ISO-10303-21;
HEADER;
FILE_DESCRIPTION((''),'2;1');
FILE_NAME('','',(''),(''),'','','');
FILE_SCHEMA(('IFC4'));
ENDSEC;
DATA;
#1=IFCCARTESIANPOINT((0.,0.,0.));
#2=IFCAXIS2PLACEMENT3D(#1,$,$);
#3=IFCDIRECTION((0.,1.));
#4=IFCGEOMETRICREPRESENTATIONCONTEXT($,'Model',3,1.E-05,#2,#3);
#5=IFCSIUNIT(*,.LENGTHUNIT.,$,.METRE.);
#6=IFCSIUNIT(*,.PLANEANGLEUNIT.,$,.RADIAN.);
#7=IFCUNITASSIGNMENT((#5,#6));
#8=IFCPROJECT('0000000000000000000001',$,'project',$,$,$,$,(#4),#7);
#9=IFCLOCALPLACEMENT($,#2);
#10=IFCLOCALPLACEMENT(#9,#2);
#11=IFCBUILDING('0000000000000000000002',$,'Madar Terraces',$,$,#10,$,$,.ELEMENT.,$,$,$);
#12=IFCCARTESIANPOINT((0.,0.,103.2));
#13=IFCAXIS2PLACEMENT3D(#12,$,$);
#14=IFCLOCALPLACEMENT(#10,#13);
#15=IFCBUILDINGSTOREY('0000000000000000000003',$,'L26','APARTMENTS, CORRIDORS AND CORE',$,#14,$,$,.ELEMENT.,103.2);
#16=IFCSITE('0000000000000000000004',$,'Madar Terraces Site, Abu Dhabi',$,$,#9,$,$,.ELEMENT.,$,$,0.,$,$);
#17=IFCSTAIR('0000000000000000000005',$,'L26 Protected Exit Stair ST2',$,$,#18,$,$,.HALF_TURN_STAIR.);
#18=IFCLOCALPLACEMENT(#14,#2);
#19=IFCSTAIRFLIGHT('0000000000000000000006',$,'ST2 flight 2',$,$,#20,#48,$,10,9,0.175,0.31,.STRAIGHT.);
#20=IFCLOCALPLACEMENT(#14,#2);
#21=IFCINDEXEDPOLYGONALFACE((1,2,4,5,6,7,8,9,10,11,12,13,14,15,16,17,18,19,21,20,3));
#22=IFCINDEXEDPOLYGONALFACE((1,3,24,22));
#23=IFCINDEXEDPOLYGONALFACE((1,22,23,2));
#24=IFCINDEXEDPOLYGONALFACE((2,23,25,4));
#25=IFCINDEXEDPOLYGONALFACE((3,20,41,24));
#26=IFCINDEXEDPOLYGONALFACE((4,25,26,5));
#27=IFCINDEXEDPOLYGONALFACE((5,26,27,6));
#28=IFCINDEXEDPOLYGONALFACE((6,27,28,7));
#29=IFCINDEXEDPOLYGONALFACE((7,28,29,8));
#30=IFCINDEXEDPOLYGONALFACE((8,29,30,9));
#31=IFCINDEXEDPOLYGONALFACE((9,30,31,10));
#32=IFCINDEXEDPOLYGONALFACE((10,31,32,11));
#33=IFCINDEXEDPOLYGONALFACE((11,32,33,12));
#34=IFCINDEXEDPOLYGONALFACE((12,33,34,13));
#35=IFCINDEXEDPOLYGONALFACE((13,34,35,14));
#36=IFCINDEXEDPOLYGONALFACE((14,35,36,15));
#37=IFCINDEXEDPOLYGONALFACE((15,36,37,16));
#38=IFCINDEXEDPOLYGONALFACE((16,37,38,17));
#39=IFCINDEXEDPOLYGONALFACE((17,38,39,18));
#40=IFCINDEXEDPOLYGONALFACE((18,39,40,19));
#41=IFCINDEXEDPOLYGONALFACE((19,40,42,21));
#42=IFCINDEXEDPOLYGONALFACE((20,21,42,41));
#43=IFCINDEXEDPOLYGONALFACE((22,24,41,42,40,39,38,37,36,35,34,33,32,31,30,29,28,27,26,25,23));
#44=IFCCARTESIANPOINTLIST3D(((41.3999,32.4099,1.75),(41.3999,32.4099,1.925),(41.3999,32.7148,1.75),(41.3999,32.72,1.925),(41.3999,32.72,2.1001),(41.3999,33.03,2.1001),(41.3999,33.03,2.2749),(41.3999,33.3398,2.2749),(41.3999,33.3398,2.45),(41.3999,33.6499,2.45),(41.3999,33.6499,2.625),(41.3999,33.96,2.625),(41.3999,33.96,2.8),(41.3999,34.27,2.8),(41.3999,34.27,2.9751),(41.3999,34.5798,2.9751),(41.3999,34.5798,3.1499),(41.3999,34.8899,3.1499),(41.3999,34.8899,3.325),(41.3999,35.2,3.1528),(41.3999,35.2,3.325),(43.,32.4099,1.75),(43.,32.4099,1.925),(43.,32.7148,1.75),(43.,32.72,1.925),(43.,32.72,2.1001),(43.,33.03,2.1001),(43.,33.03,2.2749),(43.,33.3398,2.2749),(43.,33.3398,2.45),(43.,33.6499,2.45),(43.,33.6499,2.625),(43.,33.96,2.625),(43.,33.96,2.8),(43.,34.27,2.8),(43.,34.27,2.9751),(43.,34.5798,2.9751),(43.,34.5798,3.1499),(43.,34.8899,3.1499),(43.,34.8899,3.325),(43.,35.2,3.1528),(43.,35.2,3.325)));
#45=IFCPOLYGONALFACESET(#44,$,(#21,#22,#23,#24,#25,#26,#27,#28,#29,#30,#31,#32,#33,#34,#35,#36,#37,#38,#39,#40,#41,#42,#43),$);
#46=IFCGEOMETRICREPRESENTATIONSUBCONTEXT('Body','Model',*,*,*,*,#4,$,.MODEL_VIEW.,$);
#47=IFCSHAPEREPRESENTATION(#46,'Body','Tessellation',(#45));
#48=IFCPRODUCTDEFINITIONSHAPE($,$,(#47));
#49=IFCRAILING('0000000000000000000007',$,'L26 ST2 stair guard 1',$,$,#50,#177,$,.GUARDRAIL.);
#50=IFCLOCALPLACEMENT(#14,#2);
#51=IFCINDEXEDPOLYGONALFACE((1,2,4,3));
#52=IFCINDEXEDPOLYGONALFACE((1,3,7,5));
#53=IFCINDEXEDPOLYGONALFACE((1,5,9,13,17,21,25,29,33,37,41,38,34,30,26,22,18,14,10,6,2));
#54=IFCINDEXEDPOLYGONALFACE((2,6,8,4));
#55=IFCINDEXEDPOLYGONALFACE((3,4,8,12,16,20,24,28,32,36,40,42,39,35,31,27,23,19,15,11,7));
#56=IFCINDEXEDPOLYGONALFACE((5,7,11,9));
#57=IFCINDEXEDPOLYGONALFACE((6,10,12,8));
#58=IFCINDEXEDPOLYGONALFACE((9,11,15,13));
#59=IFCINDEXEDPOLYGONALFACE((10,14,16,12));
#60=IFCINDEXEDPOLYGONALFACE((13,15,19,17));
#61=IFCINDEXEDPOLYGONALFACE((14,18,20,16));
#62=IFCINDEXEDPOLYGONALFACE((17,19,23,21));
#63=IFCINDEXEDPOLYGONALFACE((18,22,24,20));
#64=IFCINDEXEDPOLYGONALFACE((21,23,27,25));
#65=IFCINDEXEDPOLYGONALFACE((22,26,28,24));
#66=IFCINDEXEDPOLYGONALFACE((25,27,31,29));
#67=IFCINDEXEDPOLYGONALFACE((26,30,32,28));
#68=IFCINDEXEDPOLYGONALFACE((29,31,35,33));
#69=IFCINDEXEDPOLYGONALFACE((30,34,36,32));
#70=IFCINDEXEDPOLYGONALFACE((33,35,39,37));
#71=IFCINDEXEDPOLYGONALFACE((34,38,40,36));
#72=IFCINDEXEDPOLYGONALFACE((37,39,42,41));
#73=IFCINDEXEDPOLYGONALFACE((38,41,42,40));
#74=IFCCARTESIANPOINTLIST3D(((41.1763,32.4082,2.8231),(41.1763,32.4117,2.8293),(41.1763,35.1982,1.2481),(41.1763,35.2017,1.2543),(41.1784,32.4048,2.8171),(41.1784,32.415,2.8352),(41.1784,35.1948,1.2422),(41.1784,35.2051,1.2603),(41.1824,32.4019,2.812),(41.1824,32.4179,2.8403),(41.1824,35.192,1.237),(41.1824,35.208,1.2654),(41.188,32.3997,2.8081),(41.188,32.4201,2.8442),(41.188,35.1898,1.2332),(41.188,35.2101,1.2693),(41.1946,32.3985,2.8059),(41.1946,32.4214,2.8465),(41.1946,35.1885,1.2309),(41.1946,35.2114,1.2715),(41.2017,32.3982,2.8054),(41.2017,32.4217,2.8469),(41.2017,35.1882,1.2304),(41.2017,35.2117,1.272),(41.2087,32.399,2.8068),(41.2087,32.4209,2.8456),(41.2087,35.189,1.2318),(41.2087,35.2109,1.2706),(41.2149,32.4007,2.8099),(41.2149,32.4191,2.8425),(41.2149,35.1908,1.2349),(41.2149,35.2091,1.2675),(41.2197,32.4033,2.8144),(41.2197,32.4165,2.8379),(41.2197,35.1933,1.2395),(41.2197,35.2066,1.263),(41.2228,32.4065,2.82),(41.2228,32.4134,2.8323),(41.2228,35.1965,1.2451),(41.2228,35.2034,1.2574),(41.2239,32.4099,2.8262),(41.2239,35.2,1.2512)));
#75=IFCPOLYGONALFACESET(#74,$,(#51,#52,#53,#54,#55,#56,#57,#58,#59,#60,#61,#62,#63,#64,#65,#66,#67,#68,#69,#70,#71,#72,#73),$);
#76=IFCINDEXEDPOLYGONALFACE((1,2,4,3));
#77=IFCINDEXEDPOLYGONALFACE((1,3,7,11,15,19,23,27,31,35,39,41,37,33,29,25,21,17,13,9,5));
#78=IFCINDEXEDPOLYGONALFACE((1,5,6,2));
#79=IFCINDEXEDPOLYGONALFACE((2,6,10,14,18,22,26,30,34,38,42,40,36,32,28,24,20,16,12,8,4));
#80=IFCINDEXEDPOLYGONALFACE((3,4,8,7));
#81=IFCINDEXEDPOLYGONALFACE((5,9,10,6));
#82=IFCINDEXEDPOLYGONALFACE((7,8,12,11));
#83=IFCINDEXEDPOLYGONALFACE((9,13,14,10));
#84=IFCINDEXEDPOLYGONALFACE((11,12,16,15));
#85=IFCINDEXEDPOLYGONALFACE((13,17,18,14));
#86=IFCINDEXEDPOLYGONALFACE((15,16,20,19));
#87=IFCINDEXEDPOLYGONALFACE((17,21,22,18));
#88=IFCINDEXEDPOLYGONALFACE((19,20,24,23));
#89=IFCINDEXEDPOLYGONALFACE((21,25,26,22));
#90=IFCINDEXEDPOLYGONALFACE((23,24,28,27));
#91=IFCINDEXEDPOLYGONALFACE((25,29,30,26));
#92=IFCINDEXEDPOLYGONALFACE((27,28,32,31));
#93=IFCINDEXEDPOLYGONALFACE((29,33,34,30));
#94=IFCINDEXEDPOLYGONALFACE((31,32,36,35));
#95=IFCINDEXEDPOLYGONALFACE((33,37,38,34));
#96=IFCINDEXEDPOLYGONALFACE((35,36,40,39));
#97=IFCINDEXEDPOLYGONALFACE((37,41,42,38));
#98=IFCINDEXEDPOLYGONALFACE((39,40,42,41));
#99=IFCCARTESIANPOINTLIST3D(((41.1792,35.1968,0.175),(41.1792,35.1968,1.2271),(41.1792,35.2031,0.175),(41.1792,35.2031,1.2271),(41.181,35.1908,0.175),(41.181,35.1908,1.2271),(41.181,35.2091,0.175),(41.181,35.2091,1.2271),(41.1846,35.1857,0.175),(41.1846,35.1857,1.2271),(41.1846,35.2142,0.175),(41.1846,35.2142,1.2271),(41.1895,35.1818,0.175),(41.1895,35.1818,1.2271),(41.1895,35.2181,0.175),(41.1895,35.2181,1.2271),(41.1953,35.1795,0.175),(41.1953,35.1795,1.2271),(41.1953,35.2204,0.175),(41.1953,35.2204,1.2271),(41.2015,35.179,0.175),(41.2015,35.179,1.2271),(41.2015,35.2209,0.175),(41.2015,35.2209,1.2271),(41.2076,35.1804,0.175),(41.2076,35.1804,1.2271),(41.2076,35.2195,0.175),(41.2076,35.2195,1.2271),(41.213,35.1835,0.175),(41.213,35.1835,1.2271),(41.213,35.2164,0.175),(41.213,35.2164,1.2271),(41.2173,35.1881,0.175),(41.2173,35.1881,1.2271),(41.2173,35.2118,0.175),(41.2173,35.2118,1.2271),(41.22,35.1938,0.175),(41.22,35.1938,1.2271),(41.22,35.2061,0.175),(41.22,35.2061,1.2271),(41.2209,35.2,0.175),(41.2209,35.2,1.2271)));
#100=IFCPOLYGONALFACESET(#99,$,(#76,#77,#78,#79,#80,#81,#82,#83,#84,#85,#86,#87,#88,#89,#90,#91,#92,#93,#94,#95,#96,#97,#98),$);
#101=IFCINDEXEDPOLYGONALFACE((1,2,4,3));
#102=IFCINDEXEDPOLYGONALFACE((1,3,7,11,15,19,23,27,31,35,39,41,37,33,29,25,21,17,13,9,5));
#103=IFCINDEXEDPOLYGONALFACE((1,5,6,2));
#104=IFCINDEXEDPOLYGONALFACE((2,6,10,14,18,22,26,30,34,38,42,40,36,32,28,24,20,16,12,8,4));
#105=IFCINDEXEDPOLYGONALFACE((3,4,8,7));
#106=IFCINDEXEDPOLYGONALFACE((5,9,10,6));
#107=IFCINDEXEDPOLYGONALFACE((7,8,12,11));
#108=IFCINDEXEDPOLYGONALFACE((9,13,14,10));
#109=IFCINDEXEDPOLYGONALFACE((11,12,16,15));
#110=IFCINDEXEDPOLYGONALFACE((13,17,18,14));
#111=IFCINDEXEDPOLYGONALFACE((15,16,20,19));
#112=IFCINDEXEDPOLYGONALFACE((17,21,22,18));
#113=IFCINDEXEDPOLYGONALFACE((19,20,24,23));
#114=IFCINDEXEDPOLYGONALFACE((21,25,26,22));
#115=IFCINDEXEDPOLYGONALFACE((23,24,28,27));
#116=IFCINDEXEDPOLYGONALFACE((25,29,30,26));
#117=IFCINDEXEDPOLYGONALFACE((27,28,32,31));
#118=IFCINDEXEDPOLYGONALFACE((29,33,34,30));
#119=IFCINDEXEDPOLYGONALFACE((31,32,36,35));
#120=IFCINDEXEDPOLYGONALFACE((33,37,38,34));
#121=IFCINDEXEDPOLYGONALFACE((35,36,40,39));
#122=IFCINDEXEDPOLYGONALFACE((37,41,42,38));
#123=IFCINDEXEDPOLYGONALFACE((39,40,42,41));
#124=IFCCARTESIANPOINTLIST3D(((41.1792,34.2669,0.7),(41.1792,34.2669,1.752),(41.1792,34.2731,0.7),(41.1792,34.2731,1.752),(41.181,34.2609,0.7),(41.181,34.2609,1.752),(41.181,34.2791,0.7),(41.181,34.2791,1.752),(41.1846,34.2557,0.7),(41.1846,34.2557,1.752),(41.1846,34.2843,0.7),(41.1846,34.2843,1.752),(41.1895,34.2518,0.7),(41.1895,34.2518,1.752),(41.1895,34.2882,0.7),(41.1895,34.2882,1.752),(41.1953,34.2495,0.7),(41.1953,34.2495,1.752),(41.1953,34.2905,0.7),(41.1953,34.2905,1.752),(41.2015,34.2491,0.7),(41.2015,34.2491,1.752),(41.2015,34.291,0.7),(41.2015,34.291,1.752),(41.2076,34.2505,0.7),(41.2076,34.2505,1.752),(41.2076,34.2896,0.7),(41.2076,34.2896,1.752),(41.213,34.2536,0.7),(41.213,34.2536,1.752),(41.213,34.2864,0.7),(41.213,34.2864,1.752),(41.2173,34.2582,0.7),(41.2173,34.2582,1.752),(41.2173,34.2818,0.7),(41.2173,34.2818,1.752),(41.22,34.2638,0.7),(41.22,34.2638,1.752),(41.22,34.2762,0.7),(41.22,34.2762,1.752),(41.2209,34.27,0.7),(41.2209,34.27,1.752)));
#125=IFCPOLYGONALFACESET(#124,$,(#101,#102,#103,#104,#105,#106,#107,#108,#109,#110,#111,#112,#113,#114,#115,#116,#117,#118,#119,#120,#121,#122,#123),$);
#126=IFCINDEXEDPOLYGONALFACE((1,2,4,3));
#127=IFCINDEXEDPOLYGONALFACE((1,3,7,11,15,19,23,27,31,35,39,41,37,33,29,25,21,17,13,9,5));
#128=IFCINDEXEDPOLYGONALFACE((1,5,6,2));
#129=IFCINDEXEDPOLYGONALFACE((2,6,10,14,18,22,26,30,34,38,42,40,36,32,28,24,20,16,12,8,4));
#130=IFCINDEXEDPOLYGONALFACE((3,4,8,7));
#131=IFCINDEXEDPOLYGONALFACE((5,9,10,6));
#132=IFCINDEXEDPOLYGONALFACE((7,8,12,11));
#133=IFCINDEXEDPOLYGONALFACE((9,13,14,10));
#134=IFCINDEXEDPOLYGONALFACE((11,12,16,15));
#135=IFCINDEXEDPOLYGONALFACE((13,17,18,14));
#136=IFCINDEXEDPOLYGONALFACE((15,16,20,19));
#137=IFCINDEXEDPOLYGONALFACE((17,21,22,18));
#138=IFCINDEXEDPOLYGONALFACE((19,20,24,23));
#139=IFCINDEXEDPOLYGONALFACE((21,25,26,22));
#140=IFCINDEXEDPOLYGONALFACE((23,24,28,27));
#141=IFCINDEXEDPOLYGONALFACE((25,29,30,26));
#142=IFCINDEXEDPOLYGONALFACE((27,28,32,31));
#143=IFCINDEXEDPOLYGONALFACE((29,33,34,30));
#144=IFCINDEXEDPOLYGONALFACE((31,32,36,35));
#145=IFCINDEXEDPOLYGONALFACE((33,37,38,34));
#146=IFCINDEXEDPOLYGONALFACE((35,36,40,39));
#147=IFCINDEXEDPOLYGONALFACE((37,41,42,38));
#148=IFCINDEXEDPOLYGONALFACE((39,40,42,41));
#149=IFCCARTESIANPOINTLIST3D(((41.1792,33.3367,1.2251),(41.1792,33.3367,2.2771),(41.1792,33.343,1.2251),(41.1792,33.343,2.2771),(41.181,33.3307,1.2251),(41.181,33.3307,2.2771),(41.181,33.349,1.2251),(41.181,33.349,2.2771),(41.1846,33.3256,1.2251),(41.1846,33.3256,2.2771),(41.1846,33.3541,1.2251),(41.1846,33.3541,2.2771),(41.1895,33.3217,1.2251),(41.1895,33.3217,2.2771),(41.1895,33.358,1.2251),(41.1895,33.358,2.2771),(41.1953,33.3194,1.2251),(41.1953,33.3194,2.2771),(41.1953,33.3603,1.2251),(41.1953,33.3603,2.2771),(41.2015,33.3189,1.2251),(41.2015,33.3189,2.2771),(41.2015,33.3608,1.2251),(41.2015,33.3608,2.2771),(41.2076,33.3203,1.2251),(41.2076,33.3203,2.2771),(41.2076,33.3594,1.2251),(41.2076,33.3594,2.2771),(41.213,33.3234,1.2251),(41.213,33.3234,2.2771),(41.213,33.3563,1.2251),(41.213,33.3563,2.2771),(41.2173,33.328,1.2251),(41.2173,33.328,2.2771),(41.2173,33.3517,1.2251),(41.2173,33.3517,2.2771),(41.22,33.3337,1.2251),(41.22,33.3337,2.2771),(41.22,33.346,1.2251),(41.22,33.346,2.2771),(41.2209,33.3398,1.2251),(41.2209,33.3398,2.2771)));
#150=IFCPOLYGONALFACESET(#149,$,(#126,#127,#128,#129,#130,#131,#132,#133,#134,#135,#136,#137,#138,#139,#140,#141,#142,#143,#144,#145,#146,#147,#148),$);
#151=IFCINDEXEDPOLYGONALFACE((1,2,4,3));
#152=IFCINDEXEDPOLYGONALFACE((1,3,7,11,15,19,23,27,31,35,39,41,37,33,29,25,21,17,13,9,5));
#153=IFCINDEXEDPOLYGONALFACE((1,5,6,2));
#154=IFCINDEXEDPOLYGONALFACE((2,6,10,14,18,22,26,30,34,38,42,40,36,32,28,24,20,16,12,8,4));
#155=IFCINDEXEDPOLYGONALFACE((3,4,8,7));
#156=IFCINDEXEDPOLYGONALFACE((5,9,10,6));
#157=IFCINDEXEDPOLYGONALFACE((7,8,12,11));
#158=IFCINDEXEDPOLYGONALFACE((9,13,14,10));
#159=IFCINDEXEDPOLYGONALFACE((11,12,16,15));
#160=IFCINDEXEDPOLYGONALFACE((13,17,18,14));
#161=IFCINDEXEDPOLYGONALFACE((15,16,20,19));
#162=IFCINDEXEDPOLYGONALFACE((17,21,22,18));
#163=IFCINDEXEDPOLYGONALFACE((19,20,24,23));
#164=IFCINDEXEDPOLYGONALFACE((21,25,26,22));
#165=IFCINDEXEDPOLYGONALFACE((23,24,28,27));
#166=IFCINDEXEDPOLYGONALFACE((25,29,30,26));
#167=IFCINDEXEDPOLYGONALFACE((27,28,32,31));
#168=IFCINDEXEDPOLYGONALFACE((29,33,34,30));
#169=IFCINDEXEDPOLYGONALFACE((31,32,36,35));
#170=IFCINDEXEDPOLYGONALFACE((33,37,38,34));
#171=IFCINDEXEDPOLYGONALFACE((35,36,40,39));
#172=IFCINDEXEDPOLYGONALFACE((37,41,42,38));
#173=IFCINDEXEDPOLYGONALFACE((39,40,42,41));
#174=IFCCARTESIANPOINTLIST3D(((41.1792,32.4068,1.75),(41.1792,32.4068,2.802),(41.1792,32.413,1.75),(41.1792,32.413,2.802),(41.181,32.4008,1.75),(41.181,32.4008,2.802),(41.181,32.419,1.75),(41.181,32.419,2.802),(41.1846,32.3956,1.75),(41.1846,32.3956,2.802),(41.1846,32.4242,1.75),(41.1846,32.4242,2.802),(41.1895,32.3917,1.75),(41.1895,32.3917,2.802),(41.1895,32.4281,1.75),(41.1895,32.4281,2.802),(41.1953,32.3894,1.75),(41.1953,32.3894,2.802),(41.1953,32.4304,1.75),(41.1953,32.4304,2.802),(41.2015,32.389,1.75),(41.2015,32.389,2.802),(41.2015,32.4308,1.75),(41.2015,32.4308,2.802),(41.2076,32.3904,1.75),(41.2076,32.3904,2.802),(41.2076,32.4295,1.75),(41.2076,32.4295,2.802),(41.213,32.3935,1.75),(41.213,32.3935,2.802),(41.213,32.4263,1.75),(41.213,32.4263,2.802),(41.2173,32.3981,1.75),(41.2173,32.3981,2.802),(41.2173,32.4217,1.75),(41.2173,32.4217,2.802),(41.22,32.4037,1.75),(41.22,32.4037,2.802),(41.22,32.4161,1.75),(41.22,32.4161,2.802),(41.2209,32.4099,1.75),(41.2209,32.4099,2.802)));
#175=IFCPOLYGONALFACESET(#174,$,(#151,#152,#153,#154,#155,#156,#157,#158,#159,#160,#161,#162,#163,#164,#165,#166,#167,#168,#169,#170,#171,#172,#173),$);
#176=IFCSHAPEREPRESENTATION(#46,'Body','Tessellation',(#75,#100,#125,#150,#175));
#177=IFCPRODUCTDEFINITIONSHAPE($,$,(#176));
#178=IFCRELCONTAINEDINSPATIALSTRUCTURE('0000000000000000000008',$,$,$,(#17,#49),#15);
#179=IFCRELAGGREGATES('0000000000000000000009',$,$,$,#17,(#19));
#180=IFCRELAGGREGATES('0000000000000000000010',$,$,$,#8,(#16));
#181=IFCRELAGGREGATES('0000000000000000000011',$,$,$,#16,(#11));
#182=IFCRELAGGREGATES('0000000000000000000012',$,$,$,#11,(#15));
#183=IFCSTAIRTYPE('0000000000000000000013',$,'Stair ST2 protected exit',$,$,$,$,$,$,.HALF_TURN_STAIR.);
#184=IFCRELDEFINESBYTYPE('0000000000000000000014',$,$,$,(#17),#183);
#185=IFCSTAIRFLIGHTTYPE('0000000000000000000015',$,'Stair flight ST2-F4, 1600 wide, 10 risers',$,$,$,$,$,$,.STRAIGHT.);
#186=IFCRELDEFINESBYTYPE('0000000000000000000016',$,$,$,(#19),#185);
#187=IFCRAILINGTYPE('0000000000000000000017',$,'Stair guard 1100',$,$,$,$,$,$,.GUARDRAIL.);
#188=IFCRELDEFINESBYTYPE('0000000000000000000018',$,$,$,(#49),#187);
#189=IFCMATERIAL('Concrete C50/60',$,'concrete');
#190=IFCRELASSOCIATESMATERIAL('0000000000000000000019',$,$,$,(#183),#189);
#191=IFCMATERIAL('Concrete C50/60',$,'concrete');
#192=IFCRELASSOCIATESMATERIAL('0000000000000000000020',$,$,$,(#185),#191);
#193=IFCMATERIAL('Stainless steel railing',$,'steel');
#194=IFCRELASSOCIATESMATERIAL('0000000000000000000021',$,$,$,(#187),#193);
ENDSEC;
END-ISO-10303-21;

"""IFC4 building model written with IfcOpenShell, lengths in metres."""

from ifc_helpers import new_model, si_unit, direction, frame, origin, origin_2d, place, context, subcontext, project, spatial, polyline, circle, outline, extrude, material, type_object, element, aggregate, save


model = new_model("IFC4")

# Units and contexts
model_context = context("Model", 3, precision=1e-05, world=origin(), true_north=direction((0.0, 1.0)))
body_context = subcontext(model_context, "Body", "Model", "MODEL_VIEW")
ifc_project = project(units=[si_unit("LENGTHUNIT", "METRE"), si_unit("PLANEANGLEUNIT", "RADIAN")], contexts=[model_context])

# Site, building, storey
site_placement = place(None, origin())
site = spatial("IfcSite", under=ifc_project, at=site_placement, Name="Madar Terraces Site, Abu Dhabi", CompositionType="ELEMENT", RefElevation=0.0)
building_placement = place(site_placement, origin())
building = spatial("IfcBuilding", under=site, at=building_placement, Name="Madar Terraces", CompositionType="ELEMENT")
storey_placement = place(building_placement, frame((0.0, 0.0, 103.2)))
storey = spatial("IfcBuildingStorey", under=building, at=storey_placement, Name="L26", Description="APARTMENTS, CORRIDORS AND CORE", CompositionType="ELEMENT", Elevation=103.2)

# Stair, stair flight
ifc_material_1 = material(Name="Concrete C50/60", Category="concrete")
stair_type = type_object("IfcStairType", Name="Stair ST2 protected exit", PredefinedType="HALF_TURN_STAIR", material=ifc_material_1)
stair_placement = place(storey_placement, origin())
stair = element("IfcStair", 1, at=stair_placement, inside=storey, type_object=stair_type, Name="L26 Protected Exit Stair ST2", PredefinedType="HALF_TURN_STAIR")
ifc_material_2 = material(Name="Concrete C50/60", Category="concrete")
stair_flight_type = type_object("IfcStairFlightType", Name="Stair flight ST2-F4, 1600 wide, 10 risers", PredefinedType="STRAIGHT", material=ifc_material_2)
stair_flight_1_placement = place(storey_placement, frame((42.2, 32.4099, 1.75), z_axis=(0.0, 0.0, 1.0), x_axis=(0.0, 1.0, 0.0)))
stair_flight_1 = element("IfcStairFlight", 2, at=stair_flight_1_placement, type_object=stair_flight_type, Name="ST2 flight 2", NumberOfRisers=10, NumberOfTreads=9, PredefinedType="STRAIGHT", RiserHeight=0.175, TreadLength=0.31, context=body_context, shape_type="SweptSolid", body=[
    extrude(outline(polyline([(0.0, 0.0), (0.0, 0.175), (0.3101, 0.175), (0.3101, 0.3501), (0.6201, 0.3501), (0.6201, 0.5249), (0.9299, 0.5249), (0.9299, 0.7), (1.24, 0.7), (1.24, 0.875), (1.55, 0.875), (1.55, 1.05), (1.8601, 1.05), (1.8601, 1.2251), (2.1699, 1.2251), (2.1699, 1.3999), (2.48, 1.3999), (2.48, 1.575), (2.79, 1.575), (2.79, 1.75), (2.79, 1.4028), (0.3049, 0.0), (0.0, 0.0)])), frame((0.0, 0.8, 0.0), z_axis=(0.0, -1.0, 0.0), x_axis=(1.0, 0.0, 0.0)), (0.0, 0.0, 1.0), 1.6001),
])
aggregate(stair, [stair_flight_1])

# Railing
ifc_material_3 = material(Name="Stainless steel railing", Category="steel")
railing_type_1 = type_object("IfcRailingType", Name="Stair guard 1100", PredefinedType="GUARDRAIL", material=ifc_material_3)
railing_1_placement = place(storey_placement, frame((41.2, 35.2, 0.175)))
element("IfcRailing", 3, at=railing_1_placement, inside=storey, type_object=railing_type_1, Name="L26 ST2 stair guard 1", PredefinedType="GUARDRAIL", context=body_context, shape_type="SweptSolid", body=[
    extrude(circle(Radius=0.0239, at=origin_2d()), frame((0.0, 0.0, 1.0762), z_axis=(0.0, -0.870834, 0.491578), x_axis=(1.0, 0.0, 0.0)), (0.0, 0.0, 1.0), 3.2039),
    extrude(circle(Radius=0.021, at=origin_2d()), origin(), (0.0, 0.0, 1.0), 1.052),
    extrude(circle(Radius=0.021, at=origin_2d()), frame((0.0, -0.9299, 0.5249)), (0.0, 0.0, 1.0), 1.052),
    extrude(circle(Radius=0.021, at=origin_2d()), frame((0.0, -1.8601, 1.05)), (0.0, 0.0, 1.0), 1.052),
    extrude(circle(Radius=0.021, at=origin_2d()), frame((0.0, -2.79, 1.575)), (0.0, 0.0, 1.0), 1.052),
])

save(model, "model.ifc")
